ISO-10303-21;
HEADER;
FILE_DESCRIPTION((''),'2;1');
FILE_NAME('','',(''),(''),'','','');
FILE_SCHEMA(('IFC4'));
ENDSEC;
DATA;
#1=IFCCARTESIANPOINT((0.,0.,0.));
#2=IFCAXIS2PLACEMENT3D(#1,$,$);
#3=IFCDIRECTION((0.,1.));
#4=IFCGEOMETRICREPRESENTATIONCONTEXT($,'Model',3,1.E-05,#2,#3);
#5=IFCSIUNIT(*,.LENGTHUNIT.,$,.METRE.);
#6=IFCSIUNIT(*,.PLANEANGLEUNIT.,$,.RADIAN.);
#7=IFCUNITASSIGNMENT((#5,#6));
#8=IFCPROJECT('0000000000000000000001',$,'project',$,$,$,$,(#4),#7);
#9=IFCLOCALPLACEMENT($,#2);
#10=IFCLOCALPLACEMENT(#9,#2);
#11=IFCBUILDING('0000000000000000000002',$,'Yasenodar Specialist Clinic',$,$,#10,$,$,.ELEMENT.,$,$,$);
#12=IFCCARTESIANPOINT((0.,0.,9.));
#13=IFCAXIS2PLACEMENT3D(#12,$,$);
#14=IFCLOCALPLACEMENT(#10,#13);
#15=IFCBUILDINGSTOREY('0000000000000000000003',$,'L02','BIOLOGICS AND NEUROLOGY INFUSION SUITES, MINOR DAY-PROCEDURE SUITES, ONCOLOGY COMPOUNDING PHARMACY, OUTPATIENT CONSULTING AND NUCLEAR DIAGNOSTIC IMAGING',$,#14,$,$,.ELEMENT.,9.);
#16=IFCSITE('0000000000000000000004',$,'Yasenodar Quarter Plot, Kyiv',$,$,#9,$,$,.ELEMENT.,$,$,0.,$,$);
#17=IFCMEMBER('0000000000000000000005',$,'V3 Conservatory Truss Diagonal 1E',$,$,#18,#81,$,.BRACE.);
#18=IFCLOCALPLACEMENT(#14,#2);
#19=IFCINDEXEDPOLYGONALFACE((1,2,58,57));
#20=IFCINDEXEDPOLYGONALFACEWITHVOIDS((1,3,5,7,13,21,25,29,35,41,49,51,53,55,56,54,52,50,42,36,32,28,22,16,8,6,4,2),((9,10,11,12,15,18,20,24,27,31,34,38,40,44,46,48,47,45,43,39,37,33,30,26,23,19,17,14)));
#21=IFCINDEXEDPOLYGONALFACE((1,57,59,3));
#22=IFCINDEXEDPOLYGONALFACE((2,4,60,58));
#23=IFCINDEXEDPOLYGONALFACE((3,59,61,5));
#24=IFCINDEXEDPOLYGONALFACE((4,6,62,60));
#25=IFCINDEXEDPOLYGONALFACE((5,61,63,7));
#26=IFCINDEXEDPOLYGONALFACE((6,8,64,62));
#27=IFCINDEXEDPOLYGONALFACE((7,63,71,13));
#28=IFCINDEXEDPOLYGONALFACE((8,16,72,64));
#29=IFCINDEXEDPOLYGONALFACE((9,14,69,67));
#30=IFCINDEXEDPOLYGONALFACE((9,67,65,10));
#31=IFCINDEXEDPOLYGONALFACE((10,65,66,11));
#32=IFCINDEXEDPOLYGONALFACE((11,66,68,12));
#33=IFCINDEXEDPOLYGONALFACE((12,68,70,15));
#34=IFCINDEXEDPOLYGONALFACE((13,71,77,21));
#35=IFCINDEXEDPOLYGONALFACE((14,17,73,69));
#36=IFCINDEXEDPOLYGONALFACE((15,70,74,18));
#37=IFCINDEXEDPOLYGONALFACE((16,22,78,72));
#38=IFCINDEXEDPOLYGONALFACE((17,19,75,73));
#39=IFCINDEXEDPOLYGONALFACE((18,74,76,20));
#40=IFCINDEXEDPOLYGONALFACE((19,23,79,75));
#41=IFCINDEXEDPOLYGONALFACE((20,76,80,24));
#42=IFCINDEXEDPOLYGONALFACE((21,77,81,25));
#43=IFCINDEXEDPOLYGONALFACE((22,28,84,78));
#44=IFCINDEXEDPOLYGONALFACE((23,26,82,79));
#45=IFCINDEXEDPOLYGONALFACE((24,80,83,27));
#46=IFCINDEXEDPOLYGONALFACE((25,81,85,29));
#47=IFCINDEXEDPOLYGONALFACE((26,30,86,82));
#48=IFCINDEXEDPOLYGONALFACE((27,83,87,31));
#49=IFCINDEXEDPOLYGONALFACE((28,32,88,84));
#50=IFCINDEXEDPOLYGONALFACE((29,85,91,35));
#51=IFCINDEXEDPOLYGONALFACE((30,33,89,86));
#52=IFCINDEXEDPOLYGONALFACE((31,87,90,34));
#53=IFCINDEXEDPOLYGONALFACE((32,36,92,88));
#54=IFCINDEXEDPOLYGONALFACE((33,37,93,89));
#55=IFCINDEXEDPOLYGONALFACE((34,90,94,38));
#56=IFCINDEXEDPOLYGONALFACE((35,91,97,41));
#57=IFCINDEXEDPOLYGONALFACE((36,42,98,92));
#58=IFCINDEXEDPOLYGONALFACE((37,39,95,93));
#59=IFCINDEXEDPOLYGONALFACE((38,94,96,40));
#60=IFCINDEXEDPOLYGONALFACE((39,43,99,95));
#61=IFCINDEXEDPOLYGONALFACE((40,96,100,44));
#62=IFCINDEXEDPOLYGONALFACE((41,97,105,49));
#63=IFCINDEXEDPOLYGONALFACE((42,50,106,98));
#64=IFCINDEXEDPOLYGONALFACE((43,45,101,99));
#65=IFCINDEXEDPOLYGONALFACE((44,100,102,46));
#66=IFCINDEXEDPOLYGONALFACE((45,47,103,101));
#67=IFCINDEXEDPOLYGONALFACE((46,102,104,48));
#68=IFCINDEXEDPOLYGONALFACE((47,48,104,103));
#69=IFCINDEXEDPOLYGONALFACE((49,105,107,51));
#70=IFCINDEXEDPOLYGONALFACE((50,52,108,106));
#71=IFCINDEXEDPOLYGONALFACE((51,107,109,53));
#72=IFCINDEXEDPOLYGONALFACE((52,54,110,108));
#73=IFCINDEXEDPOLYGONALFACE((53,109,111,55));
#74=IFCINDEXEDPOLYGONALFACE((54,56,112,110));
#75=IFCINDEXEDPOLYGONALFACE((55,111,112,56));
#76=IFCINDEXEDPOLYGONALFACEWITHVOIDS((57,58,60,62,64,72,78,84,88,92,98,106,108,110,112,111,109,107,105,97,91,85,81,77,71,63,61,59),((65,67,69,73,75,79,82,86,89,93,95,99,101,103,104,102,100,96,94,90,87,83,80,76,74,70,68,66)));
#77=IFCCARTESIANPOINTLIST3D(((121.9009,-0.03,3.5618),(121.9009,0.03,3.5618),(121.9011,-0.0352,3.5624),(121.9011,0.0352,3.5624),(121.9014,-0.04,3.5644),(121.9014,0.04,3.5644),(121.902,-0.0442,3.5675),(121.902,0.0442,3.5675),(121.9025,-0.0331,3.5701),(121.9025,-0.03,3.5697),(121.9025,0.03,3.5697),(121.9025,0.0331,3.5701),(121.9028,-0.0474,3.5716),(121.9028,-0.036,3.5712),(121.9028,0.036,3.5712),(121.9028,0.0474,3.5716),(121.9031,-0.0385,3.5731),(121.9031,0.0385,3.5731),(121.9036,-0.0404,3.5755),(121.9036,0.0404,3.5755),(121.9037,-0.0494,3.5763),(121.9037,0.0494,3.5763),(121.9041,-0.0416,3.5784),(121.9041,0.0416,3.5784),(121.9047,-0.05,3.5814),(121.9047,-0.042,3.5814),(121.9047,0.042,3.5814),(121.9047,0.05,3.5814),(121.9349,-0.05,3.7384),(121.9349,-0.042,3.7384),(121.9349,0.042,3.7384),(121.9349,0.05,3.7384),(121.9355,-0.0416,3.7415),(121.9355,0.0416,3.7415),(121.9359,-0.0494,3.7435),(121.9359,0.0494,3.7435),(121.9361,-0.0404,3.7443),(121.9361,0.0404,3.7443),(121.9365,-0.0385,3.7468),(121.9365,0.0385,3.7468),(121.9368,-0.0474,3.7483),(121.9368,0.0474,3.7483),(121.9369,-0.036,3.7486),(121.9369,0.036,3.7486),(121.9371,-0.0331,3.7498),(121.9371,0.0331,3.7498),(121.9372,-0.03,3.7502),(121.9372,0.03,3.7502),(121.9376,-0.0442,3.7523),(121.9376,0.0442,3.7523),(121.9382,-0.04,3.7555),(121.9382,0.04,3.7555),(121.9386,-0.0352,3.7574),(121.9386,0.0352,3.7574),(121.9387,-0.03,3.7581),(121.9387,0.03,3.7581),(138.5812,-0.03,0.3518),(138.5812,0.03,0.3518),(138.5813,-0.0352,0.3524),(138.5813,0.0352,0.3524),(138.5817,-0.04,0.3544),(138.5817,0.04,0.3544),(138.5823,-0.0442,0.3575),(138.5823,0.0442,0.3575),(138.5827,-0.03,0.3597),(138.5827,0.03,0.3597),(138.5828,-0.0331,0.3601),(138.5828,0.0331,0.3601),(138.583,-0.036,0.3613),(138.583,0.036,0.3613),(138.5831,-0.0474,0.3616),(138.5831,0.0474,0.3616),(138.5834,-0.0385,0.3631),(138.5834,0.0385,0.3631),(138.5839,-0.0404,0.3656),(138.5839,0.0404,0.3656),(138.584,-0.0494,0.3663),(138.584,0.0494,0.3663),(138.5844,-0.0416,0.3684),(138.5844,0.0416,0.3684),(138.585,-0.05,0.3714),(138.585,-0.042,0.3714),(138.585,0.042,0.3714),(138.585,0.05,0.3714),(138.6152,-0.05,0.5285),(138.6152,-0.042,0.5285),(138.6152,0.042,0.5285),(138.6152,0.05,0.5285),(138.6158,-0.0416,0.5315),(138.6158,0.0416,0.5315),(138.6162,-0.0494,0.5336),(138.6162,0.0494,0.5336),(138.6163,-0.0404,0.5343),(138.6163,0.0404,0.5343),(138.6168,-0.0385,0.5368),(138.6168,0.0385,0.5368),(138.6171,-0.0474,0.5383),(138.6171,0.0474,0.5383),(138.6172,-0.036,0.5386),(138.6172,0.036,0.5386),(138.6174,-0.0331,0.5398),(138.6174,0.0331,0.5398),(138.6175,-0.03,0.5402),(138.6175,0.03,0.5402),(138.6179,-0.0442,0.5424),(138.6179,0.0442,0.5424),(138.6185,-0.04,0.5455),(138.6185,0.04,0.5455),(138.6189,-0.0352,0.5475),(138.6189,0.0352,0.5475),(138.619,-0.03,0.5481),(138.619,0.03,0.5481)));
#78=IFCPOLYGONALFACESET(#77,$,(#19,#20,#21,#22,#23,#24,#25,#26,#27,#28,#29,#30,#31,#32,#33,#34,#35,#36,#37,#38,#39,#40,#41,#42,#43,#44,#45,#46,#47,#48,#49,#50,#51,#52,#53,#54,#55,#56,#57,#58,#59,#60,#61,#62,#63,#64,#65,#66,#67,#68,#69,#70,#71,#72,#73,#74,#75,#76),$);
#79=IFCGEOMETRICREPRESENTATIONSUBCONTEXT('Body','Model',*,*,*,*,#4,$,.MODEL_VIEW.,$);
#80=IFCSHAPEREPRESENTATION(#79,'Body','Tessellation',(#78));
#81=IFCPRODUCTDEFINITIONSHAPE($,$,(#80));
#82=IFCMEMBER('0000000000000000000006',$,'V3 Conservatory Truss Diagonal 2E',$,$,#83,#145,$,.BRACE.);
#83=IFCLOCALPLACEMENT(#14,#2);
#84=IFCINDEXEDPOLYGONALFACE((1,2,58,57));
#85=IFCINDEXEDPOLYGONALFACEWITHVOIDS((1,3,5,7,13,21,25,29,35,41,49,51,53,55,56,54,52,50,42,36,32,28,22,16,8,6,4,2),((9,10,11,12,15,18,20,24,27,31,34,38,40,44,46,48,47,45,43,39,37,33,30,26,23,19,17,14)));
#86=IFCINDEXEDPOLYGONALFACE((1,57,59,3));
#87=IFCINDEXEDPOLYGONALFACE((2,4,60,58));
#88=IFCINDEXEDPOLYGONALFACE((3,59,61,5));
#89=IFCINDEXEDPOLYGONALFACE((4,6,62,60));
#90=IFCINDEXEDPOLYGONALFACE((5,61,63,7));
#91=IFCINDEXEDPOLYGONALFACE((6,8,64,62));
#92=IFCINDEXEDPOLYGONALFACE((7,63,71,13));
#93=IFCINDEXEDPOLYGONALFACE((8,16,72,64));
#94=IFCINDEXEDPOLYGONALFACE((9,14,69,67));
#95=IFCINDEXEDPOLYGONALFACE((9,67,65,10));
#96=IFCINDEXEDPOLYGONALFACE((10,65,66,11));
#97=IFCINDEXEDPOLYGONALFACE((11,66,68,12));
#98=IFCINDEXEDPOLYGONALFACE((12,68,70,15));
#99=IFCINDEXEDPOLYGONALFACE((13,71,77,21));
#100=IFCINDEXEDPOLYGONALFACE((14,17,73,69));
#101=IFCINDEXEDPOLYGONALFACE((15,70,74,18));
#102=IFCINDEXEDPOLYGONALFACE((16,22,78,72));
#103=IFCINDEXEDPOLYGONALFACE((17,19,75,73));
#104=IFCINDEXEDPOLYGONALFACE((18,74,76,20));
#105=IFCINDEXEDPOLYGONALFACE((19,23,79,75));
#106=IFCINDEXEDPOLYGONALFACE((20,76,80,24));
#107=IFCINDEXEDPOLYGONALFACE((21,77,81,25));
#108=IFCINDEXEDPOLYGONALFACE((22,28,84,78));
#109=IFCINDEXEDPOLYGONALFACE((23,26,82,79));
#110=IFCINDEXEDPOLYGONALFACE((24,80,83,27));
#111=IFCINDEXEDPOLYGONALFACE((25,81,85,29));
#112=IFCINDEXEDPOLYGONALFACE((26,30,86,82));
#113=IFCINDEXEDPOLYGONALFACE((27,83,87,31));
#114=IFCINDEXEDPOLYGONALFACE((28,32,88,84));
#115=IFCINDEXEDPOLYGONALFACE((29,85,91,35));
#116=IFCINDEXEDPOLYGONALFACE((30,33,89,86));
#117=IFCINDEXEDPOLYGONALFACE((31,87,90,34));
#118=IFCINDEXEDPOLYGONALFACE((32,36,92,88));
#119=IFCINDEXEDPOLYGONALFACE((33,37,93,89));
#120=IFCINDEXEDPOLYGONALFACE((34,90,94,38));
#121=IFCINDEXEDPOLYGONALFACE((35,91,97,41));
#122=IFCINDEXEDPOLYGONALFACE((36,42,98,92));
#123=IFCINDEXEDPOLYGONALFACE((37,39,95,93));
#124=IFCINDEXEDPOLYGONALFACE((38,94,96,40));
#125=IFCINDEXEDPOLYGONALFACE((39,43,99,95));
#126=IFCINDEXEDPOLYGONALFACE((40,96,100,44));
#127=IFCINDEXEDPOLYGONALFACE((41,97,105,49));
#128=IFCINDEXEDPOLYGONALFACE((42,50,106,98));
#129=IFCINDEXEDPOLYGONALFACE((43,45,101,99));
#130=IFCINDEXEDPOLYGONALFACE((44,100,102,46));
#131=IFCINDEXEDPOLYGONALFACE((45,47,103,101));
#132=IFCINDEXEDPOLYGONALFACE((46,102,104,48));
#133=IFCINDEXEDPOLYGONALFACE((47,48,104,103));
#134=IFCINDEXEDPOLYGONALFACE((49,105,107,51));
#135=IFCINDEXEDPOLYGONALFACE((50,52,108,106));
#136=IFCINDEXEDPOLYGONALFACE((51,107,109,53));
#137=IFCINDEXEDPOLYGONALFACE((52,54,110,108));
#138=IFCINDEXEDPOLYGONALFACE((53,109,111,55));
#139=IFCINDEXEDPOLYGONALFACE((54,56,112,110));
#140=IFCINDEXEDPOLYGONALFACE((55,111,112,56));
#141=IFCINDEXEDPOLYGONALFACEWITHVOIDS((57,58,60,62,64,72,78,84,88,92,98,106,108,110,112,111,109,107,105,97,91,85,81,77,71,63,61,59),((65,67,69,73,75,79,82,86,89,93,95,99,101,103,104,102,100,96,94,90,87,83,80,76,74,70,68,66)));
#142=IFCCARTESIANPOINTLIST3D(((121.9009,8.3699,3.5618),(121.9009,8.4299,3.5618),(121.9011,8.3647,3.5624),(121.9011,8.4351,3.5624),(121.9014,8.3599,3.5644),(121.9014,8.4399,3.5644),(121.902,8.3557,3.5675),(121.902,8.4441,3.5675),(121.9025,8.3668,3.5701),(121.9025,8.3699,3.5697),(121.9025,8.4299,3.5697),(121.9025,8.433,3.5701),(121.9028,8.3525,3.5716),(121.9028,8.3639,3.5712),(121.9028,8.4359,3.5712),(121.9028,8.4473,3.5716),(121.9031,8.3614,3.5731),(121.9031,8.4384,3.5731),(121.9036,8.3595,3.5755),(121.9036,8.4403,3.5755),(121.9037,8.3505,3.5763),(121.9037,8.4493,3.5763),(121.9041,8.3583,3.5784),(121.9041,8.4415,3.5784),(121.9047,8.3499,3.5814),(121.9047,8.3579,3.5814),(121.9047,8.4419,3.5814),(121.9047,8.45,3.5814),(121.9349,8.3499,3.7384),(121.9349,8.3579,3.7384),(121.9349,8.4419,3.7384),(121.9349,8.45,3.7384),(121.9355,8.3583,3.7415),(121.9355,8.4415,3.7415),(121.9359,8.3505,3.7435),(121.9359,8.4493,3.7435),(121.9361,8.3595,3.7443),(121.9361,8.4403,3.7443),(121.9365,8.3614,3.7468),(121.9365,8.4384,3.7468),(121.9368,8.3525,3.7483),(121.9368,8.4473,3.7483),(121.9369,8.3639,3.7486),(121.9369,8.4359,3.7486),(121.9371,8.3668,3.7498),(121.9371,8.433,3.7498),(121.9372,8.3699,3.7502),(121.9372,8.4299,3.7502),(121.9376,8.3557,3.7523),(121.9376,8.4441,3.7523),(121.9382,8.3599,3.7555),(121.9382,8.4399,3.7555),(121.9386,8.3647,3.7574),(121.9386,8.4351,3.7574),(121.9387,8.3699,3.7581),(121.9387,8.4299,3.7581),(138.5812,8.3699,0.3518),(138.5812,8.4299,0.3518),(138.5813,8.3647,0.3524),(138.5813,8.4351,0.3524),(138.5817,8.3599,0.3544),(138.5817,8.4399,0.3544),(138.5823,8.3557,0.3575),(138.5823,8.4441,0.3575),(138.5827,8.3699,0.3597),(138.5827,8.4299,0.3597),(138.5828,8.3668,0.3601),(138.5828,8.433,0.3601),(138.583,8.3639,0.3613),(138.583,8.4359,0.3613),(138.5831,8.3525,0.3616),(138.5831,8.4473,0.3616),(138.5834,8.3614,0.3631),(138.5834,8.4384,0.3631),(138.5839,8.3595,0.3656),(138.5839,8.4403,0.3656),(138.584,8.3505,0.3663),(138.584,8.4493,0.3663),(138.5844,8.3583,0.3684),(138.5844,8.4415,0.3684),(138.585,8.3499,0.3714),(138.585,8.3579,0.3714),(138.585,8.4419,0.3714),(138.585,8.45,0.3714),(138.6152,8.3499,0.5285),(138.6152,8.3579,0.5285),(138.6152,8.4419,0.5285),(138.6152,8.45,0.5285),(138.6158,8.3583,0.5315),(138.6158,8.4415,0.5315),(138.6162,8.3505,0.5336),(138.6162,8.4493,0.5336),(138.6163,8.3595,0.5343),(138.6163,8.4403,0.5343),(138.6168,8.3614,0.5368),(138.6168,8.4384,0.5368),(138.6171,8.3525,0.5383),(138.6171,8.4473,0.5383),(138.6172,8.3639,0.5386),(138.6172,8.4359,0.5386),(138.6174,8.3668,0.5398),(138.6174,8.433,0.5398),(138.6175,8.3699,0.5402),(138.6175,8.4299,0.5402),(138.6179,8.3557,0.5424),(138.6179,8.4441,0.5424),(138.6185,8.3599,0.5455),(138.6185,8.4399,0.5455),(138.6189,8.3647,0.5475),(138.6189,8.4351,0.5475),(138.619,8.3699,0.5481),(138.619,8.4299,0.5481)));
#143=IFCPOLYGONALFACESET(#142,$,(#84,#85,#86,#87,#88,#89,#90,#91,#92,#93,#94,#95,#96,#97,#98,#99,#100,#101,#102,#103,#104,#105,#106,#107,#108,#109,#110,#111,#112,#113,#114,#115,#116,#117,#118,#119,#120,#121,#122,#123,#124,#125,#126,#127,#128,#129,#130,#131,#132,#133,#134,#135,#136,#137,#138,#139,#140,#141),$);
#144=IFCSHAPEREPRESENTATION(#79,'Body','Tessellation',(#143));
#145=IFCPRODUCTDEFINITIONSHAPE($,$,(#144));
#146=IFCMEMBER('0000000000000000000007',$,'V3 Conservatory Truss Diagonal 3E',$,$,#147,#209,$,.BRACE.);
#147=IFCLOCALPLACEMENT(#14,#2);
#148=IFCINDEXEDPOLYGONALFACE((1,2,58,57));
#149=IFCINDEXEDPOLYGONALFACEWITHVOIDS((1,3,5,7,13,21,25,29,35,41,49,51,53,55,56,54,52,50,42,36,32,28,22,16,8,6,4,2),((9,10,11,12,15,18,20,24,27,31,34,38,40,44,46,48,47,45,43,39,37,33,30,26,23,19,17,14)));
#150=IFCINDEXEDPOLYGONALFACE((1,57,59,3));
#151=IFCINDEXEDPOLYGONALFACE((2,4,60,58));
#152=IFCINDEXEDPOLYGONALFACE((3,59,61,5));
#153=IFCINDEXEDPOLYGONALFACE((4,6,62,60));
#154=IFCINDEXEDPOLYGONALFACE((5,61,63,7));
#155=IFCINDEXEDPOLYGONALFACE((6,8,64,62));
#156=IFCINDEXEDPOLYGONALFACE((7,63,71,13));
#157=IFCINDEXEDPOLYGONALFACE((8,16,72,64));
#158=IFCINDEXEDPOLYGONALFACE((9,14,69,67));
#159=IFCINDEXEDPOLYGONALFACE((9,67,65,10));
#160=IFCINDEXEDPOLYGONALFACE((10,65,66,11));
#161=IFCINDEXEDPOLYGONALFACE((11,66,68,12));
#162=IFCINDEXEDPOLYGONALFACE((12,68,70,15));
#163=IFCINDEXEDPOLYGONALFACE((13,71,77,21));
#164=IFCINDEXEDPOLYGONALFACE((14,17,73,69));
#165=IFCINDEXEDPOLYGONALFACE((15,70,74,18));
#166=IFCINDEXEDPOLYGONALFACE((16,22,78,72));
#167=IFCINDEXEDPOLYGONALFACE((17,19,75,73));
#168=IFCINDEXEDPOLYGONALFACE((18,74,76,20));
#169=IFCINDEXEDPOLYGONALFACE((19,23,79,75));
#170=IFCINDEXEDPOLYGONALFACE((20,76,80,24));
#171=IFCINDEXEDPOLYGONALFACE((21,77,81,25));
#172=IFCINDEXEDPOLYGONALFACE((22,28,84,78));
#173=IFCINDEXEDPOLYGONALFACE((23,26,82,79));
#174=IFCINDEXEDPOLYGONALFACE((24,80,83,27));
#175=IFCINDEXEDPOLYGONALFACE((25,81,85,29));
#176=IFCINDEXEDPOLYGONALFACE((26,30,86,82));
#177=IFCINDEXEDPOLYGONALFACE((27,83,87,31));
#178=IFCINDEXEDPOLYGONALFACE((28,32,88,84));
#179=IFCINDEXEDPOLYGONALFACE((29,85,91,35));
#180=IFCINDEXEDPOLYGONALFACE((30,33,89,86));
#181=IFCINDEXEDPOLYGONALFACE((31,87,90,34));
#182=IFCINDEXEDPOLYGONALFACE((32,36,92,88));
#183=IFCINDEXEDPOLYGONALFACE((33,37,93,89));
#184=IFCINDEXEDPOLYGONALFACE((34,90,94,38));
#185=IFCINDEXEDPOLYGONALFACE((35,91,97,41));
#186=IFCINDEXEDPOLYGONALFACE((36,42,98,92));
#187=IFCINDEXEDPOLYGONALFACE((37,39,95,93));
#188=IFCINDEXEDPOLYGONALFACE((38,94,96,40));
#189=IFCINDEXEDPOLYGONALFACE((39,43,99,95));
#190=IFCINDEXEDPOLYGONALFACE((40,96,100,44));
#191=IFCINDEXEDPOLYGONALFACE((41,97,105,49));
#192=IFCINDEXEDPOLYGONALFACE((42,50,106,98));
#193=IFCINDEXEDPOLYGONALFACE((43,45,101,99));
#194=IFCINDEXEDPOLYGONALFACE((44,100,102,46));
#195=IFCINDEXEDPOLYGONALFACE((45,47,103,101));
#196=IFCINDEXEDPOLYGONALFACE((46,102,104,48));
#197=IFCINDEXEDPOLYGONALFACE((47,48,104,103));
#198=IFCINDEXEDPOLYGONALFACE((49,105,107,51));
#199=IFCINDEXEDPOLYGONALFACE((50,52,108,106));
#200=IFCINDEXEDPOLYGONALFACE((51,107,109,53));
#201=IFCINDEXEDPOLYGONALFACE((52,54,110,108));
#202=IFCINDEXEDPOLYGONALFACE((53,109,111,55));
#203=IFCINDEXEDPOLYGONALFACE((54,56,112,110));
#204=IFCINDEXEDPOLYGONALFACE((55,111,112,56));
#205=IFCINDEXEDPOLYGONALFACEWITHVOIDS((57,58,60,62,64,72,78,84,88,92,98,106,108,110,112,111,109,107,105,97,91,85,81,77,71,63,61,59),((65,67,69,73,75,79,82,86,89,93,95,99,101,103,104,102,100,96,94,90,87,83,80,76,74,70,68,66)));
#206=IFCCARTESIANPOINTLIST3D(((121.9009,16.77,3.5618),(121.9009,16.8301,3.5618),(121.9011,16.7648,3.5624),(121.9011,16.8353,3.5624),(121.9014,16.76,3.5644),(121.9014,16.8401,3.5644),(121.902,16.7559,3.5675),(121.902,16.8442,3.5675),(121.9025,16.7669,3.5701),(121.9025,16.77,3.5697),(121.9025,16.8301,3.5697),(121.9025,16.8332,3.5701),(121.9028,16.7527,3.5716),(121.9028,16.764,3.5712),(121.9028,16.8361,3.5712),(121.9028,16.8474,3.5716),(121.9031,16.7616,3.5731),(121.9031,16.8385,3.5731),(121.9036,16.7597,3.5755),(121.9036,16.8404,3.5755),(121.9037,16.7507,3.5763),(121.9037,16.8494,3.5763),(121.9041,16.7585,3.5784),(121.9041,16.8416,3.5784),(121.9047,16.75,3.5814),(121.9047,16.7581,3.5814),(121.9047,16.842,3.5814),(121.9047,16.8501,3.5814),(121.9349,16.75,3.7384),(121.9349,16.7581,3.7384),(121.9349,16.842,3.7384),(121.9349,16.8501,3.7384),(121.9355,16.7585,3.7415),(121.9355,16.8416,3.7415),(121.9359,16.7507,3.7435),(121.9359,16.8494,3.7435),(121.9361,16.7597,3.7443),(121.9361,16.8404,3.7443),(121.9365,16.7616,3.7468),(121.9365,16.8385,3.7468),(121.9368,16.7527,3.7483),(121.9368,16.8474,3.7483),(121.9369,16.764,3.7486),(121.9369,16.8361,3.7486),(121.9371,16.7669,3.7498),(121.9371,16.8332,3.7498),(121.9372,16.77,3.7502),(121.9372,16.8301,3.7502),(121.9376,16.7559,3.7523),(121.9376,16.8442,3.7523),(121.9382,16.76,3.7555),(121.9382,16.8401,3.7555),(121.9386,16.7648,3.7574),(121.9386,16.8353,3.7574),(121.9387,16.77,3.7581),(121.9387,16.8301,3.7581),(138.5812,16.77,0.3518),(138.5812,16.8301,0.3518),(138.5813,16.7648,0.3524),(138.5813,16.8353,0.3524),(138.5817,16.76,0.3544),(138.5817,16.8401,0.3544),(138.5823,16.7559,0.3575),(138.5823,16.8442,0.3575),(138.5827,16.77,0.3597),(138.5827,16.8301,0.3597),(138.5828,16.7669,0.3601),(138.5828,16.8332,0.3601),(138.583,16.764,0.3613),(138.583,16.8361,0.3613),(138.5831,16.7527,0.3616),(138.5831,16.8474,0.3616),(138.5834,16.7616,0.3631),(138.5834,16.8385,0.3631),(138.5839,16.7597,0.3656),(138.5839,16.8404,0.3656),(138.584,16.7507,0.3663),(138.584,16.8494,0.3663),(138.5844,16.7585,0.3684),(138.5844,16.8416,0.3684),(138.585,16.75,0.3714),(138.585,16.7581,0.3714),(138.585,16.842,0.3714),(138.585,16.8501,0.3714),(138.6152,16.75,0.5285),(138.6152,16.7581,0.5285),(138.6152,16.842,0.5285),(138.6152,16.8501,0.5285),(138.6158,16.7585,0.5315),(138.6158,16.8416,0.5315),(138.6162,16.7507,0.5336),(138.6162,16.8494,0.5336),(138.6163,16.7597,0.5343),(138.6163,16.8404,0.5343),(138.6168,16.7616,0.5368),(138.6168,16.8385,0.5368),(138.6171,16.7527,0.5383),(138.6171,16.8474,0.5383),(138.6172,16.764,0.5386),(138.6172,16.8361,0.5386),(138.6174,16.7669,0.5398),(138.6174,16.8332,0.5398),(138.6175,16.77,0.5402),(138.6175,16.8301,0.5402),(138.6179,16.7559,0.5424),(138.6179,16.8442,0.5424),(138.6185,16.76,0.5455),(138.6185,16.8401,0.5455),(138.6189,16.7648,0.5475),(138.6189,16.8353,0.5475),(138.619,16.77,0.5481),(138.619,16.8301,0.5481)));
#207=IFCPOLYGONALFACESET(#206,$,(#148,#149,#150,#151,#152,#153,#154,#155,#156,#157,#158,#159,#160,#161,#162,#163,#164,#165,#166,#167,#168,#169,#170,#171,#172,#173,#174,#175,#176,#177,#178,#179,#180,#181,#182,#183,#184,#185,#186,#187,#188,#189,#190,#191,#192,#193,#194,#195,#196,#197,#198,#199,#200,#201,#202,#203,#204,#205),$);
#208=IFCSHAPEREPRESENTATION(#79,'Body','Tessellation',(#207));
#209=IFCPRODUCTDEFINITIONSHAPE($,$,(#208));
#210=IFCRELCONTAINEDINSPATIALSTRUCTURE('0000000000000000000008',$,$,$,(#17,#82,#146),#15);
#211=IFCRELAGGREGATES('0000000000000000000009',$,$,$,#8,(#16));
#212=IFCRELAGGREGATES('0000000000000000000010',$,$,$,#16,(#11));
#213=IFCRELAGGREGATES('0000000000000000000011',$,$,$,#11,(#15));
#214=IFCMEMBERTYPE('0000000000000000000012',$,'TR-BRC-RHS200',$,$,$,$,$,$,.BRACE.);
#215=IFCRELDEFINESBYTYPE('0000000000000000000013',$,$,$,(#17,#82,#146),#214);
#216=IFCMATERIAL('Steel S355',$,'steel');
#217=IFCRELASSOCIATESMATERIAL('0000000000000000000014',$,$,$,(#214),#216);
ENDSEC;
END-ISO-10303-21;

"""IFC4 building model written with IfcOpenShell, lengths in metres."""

from ifc_helpers import new_model, si_unit, direction, frame, origin, origin_2d, place, context, subcontext, project, spatial, hollow_rectangle, extrude, material, material_profile, profile_set, type_object, element, save


model = new_model("IFC4")

# Units and contexts
model_context = context("Model", 3, precision=1e-05, world=origin(), true_north=direction((0.0, 1.0)))
body_context = subcontext(model_context, "Body", "Model", "MODEL_VIEW")
ifc_project = project(units=[si_unit("LENGTHUNIT", "METRE"), si_unit("PLANEANGLEUNIT", "RADIAN")], contexts=[model_context])

# Site, building, storey
site_placement = place(None, origin())
site = spatial("IfcSite", under=ifc_project, at=site_placement, Name="Yasenodar Quarter Plot, Kyiv", CompositionType="ELEMENT", RefElevation=0.0)
building_placement = place(site_placement, origin())
building = spatial("IfcBuilding", under=site, at=building_placement, Name="Yasenodar Specialist Clinic", CompositionType="ELEMENT")
storey_placement = place(building_placement, frame((0.0, 0.0, 9.0)))
storey = spatial("IfcBuildingStorey", under=building, at=storey_placement, Name="L02", Description="BIOLOGICS AND NEUROLOGY INFUSION SUITES, MINOR DAY-PROCEDURE SUITES, ONCOLOGY COMPOUNDING PHARMACY, OUTPATIENT CONSULTING AND NUCLEAR DIAGNOSTIC IMAGING", CompositionType="ELEMENT", Elevation=9.0)

# Shared definitions
ifc_material = material(Name="Steel S355", Category="steel")

# Members
ifc_material_profile_1 = material_profile(ifc_material, hollow_rectangle(XDim=0.1001, YDim=0.2, WallThickness=0.0081, InnerFilletRadius=0.012, OuterFilletRadius=0.02, at=origin_2d()), Name="RHS 200x100x8")
ifc_profile_set_1 = profile_set([ifc_material_profile_1], Name="Steel S355")
member_type_1 = type_object("IfcMemberType", Name="TR-BRC-RHS200", PredefinedType="BRACE", material=ifc_profile_set_1)
for number, where, z_axis, x_axis, name in (
    (1, (138.6001, 0.0, 0.45), (-0.981982, 0.0, 0.188974), (0.0, -1.0, 0.0), "V3 Conservatory Truss Diagonal 1E"),
    (2, (138.6001, 8.3999, 0.45), (-0.981982, 0.0, 0.188974), (0.0, -1.0, 0.0), "V3 Conservatory Truss Diagonal 2E"),
    (3, (138.6001, 16.8, 0.45), (-0.981982, 0.0, 0.188974), (0.0, -1.0, 0.0), "V3 Conservatory Truss Diagonal 3E"),
):
    element("IfcMember", number, at=place(storey_placement, frame(where, z_axis=z_axis, x_axis=x_axis)), inside=storey, type_object=member_type_1, Name=name, PredefinedType="BRACE", context=body_context, shape_type="SweptSolid", body=[
        extrude(hollow_rectangle(XDim=0.1001, YDim=0.2, WallThickness=0.0081, InnerFilletRadius=0.012, OuterFilletRadius=0.02, at=origin_2d()), origin(), (0.0, 0.0, 1.0), 16.9863),
    ])

save(model, "model.ifc")
